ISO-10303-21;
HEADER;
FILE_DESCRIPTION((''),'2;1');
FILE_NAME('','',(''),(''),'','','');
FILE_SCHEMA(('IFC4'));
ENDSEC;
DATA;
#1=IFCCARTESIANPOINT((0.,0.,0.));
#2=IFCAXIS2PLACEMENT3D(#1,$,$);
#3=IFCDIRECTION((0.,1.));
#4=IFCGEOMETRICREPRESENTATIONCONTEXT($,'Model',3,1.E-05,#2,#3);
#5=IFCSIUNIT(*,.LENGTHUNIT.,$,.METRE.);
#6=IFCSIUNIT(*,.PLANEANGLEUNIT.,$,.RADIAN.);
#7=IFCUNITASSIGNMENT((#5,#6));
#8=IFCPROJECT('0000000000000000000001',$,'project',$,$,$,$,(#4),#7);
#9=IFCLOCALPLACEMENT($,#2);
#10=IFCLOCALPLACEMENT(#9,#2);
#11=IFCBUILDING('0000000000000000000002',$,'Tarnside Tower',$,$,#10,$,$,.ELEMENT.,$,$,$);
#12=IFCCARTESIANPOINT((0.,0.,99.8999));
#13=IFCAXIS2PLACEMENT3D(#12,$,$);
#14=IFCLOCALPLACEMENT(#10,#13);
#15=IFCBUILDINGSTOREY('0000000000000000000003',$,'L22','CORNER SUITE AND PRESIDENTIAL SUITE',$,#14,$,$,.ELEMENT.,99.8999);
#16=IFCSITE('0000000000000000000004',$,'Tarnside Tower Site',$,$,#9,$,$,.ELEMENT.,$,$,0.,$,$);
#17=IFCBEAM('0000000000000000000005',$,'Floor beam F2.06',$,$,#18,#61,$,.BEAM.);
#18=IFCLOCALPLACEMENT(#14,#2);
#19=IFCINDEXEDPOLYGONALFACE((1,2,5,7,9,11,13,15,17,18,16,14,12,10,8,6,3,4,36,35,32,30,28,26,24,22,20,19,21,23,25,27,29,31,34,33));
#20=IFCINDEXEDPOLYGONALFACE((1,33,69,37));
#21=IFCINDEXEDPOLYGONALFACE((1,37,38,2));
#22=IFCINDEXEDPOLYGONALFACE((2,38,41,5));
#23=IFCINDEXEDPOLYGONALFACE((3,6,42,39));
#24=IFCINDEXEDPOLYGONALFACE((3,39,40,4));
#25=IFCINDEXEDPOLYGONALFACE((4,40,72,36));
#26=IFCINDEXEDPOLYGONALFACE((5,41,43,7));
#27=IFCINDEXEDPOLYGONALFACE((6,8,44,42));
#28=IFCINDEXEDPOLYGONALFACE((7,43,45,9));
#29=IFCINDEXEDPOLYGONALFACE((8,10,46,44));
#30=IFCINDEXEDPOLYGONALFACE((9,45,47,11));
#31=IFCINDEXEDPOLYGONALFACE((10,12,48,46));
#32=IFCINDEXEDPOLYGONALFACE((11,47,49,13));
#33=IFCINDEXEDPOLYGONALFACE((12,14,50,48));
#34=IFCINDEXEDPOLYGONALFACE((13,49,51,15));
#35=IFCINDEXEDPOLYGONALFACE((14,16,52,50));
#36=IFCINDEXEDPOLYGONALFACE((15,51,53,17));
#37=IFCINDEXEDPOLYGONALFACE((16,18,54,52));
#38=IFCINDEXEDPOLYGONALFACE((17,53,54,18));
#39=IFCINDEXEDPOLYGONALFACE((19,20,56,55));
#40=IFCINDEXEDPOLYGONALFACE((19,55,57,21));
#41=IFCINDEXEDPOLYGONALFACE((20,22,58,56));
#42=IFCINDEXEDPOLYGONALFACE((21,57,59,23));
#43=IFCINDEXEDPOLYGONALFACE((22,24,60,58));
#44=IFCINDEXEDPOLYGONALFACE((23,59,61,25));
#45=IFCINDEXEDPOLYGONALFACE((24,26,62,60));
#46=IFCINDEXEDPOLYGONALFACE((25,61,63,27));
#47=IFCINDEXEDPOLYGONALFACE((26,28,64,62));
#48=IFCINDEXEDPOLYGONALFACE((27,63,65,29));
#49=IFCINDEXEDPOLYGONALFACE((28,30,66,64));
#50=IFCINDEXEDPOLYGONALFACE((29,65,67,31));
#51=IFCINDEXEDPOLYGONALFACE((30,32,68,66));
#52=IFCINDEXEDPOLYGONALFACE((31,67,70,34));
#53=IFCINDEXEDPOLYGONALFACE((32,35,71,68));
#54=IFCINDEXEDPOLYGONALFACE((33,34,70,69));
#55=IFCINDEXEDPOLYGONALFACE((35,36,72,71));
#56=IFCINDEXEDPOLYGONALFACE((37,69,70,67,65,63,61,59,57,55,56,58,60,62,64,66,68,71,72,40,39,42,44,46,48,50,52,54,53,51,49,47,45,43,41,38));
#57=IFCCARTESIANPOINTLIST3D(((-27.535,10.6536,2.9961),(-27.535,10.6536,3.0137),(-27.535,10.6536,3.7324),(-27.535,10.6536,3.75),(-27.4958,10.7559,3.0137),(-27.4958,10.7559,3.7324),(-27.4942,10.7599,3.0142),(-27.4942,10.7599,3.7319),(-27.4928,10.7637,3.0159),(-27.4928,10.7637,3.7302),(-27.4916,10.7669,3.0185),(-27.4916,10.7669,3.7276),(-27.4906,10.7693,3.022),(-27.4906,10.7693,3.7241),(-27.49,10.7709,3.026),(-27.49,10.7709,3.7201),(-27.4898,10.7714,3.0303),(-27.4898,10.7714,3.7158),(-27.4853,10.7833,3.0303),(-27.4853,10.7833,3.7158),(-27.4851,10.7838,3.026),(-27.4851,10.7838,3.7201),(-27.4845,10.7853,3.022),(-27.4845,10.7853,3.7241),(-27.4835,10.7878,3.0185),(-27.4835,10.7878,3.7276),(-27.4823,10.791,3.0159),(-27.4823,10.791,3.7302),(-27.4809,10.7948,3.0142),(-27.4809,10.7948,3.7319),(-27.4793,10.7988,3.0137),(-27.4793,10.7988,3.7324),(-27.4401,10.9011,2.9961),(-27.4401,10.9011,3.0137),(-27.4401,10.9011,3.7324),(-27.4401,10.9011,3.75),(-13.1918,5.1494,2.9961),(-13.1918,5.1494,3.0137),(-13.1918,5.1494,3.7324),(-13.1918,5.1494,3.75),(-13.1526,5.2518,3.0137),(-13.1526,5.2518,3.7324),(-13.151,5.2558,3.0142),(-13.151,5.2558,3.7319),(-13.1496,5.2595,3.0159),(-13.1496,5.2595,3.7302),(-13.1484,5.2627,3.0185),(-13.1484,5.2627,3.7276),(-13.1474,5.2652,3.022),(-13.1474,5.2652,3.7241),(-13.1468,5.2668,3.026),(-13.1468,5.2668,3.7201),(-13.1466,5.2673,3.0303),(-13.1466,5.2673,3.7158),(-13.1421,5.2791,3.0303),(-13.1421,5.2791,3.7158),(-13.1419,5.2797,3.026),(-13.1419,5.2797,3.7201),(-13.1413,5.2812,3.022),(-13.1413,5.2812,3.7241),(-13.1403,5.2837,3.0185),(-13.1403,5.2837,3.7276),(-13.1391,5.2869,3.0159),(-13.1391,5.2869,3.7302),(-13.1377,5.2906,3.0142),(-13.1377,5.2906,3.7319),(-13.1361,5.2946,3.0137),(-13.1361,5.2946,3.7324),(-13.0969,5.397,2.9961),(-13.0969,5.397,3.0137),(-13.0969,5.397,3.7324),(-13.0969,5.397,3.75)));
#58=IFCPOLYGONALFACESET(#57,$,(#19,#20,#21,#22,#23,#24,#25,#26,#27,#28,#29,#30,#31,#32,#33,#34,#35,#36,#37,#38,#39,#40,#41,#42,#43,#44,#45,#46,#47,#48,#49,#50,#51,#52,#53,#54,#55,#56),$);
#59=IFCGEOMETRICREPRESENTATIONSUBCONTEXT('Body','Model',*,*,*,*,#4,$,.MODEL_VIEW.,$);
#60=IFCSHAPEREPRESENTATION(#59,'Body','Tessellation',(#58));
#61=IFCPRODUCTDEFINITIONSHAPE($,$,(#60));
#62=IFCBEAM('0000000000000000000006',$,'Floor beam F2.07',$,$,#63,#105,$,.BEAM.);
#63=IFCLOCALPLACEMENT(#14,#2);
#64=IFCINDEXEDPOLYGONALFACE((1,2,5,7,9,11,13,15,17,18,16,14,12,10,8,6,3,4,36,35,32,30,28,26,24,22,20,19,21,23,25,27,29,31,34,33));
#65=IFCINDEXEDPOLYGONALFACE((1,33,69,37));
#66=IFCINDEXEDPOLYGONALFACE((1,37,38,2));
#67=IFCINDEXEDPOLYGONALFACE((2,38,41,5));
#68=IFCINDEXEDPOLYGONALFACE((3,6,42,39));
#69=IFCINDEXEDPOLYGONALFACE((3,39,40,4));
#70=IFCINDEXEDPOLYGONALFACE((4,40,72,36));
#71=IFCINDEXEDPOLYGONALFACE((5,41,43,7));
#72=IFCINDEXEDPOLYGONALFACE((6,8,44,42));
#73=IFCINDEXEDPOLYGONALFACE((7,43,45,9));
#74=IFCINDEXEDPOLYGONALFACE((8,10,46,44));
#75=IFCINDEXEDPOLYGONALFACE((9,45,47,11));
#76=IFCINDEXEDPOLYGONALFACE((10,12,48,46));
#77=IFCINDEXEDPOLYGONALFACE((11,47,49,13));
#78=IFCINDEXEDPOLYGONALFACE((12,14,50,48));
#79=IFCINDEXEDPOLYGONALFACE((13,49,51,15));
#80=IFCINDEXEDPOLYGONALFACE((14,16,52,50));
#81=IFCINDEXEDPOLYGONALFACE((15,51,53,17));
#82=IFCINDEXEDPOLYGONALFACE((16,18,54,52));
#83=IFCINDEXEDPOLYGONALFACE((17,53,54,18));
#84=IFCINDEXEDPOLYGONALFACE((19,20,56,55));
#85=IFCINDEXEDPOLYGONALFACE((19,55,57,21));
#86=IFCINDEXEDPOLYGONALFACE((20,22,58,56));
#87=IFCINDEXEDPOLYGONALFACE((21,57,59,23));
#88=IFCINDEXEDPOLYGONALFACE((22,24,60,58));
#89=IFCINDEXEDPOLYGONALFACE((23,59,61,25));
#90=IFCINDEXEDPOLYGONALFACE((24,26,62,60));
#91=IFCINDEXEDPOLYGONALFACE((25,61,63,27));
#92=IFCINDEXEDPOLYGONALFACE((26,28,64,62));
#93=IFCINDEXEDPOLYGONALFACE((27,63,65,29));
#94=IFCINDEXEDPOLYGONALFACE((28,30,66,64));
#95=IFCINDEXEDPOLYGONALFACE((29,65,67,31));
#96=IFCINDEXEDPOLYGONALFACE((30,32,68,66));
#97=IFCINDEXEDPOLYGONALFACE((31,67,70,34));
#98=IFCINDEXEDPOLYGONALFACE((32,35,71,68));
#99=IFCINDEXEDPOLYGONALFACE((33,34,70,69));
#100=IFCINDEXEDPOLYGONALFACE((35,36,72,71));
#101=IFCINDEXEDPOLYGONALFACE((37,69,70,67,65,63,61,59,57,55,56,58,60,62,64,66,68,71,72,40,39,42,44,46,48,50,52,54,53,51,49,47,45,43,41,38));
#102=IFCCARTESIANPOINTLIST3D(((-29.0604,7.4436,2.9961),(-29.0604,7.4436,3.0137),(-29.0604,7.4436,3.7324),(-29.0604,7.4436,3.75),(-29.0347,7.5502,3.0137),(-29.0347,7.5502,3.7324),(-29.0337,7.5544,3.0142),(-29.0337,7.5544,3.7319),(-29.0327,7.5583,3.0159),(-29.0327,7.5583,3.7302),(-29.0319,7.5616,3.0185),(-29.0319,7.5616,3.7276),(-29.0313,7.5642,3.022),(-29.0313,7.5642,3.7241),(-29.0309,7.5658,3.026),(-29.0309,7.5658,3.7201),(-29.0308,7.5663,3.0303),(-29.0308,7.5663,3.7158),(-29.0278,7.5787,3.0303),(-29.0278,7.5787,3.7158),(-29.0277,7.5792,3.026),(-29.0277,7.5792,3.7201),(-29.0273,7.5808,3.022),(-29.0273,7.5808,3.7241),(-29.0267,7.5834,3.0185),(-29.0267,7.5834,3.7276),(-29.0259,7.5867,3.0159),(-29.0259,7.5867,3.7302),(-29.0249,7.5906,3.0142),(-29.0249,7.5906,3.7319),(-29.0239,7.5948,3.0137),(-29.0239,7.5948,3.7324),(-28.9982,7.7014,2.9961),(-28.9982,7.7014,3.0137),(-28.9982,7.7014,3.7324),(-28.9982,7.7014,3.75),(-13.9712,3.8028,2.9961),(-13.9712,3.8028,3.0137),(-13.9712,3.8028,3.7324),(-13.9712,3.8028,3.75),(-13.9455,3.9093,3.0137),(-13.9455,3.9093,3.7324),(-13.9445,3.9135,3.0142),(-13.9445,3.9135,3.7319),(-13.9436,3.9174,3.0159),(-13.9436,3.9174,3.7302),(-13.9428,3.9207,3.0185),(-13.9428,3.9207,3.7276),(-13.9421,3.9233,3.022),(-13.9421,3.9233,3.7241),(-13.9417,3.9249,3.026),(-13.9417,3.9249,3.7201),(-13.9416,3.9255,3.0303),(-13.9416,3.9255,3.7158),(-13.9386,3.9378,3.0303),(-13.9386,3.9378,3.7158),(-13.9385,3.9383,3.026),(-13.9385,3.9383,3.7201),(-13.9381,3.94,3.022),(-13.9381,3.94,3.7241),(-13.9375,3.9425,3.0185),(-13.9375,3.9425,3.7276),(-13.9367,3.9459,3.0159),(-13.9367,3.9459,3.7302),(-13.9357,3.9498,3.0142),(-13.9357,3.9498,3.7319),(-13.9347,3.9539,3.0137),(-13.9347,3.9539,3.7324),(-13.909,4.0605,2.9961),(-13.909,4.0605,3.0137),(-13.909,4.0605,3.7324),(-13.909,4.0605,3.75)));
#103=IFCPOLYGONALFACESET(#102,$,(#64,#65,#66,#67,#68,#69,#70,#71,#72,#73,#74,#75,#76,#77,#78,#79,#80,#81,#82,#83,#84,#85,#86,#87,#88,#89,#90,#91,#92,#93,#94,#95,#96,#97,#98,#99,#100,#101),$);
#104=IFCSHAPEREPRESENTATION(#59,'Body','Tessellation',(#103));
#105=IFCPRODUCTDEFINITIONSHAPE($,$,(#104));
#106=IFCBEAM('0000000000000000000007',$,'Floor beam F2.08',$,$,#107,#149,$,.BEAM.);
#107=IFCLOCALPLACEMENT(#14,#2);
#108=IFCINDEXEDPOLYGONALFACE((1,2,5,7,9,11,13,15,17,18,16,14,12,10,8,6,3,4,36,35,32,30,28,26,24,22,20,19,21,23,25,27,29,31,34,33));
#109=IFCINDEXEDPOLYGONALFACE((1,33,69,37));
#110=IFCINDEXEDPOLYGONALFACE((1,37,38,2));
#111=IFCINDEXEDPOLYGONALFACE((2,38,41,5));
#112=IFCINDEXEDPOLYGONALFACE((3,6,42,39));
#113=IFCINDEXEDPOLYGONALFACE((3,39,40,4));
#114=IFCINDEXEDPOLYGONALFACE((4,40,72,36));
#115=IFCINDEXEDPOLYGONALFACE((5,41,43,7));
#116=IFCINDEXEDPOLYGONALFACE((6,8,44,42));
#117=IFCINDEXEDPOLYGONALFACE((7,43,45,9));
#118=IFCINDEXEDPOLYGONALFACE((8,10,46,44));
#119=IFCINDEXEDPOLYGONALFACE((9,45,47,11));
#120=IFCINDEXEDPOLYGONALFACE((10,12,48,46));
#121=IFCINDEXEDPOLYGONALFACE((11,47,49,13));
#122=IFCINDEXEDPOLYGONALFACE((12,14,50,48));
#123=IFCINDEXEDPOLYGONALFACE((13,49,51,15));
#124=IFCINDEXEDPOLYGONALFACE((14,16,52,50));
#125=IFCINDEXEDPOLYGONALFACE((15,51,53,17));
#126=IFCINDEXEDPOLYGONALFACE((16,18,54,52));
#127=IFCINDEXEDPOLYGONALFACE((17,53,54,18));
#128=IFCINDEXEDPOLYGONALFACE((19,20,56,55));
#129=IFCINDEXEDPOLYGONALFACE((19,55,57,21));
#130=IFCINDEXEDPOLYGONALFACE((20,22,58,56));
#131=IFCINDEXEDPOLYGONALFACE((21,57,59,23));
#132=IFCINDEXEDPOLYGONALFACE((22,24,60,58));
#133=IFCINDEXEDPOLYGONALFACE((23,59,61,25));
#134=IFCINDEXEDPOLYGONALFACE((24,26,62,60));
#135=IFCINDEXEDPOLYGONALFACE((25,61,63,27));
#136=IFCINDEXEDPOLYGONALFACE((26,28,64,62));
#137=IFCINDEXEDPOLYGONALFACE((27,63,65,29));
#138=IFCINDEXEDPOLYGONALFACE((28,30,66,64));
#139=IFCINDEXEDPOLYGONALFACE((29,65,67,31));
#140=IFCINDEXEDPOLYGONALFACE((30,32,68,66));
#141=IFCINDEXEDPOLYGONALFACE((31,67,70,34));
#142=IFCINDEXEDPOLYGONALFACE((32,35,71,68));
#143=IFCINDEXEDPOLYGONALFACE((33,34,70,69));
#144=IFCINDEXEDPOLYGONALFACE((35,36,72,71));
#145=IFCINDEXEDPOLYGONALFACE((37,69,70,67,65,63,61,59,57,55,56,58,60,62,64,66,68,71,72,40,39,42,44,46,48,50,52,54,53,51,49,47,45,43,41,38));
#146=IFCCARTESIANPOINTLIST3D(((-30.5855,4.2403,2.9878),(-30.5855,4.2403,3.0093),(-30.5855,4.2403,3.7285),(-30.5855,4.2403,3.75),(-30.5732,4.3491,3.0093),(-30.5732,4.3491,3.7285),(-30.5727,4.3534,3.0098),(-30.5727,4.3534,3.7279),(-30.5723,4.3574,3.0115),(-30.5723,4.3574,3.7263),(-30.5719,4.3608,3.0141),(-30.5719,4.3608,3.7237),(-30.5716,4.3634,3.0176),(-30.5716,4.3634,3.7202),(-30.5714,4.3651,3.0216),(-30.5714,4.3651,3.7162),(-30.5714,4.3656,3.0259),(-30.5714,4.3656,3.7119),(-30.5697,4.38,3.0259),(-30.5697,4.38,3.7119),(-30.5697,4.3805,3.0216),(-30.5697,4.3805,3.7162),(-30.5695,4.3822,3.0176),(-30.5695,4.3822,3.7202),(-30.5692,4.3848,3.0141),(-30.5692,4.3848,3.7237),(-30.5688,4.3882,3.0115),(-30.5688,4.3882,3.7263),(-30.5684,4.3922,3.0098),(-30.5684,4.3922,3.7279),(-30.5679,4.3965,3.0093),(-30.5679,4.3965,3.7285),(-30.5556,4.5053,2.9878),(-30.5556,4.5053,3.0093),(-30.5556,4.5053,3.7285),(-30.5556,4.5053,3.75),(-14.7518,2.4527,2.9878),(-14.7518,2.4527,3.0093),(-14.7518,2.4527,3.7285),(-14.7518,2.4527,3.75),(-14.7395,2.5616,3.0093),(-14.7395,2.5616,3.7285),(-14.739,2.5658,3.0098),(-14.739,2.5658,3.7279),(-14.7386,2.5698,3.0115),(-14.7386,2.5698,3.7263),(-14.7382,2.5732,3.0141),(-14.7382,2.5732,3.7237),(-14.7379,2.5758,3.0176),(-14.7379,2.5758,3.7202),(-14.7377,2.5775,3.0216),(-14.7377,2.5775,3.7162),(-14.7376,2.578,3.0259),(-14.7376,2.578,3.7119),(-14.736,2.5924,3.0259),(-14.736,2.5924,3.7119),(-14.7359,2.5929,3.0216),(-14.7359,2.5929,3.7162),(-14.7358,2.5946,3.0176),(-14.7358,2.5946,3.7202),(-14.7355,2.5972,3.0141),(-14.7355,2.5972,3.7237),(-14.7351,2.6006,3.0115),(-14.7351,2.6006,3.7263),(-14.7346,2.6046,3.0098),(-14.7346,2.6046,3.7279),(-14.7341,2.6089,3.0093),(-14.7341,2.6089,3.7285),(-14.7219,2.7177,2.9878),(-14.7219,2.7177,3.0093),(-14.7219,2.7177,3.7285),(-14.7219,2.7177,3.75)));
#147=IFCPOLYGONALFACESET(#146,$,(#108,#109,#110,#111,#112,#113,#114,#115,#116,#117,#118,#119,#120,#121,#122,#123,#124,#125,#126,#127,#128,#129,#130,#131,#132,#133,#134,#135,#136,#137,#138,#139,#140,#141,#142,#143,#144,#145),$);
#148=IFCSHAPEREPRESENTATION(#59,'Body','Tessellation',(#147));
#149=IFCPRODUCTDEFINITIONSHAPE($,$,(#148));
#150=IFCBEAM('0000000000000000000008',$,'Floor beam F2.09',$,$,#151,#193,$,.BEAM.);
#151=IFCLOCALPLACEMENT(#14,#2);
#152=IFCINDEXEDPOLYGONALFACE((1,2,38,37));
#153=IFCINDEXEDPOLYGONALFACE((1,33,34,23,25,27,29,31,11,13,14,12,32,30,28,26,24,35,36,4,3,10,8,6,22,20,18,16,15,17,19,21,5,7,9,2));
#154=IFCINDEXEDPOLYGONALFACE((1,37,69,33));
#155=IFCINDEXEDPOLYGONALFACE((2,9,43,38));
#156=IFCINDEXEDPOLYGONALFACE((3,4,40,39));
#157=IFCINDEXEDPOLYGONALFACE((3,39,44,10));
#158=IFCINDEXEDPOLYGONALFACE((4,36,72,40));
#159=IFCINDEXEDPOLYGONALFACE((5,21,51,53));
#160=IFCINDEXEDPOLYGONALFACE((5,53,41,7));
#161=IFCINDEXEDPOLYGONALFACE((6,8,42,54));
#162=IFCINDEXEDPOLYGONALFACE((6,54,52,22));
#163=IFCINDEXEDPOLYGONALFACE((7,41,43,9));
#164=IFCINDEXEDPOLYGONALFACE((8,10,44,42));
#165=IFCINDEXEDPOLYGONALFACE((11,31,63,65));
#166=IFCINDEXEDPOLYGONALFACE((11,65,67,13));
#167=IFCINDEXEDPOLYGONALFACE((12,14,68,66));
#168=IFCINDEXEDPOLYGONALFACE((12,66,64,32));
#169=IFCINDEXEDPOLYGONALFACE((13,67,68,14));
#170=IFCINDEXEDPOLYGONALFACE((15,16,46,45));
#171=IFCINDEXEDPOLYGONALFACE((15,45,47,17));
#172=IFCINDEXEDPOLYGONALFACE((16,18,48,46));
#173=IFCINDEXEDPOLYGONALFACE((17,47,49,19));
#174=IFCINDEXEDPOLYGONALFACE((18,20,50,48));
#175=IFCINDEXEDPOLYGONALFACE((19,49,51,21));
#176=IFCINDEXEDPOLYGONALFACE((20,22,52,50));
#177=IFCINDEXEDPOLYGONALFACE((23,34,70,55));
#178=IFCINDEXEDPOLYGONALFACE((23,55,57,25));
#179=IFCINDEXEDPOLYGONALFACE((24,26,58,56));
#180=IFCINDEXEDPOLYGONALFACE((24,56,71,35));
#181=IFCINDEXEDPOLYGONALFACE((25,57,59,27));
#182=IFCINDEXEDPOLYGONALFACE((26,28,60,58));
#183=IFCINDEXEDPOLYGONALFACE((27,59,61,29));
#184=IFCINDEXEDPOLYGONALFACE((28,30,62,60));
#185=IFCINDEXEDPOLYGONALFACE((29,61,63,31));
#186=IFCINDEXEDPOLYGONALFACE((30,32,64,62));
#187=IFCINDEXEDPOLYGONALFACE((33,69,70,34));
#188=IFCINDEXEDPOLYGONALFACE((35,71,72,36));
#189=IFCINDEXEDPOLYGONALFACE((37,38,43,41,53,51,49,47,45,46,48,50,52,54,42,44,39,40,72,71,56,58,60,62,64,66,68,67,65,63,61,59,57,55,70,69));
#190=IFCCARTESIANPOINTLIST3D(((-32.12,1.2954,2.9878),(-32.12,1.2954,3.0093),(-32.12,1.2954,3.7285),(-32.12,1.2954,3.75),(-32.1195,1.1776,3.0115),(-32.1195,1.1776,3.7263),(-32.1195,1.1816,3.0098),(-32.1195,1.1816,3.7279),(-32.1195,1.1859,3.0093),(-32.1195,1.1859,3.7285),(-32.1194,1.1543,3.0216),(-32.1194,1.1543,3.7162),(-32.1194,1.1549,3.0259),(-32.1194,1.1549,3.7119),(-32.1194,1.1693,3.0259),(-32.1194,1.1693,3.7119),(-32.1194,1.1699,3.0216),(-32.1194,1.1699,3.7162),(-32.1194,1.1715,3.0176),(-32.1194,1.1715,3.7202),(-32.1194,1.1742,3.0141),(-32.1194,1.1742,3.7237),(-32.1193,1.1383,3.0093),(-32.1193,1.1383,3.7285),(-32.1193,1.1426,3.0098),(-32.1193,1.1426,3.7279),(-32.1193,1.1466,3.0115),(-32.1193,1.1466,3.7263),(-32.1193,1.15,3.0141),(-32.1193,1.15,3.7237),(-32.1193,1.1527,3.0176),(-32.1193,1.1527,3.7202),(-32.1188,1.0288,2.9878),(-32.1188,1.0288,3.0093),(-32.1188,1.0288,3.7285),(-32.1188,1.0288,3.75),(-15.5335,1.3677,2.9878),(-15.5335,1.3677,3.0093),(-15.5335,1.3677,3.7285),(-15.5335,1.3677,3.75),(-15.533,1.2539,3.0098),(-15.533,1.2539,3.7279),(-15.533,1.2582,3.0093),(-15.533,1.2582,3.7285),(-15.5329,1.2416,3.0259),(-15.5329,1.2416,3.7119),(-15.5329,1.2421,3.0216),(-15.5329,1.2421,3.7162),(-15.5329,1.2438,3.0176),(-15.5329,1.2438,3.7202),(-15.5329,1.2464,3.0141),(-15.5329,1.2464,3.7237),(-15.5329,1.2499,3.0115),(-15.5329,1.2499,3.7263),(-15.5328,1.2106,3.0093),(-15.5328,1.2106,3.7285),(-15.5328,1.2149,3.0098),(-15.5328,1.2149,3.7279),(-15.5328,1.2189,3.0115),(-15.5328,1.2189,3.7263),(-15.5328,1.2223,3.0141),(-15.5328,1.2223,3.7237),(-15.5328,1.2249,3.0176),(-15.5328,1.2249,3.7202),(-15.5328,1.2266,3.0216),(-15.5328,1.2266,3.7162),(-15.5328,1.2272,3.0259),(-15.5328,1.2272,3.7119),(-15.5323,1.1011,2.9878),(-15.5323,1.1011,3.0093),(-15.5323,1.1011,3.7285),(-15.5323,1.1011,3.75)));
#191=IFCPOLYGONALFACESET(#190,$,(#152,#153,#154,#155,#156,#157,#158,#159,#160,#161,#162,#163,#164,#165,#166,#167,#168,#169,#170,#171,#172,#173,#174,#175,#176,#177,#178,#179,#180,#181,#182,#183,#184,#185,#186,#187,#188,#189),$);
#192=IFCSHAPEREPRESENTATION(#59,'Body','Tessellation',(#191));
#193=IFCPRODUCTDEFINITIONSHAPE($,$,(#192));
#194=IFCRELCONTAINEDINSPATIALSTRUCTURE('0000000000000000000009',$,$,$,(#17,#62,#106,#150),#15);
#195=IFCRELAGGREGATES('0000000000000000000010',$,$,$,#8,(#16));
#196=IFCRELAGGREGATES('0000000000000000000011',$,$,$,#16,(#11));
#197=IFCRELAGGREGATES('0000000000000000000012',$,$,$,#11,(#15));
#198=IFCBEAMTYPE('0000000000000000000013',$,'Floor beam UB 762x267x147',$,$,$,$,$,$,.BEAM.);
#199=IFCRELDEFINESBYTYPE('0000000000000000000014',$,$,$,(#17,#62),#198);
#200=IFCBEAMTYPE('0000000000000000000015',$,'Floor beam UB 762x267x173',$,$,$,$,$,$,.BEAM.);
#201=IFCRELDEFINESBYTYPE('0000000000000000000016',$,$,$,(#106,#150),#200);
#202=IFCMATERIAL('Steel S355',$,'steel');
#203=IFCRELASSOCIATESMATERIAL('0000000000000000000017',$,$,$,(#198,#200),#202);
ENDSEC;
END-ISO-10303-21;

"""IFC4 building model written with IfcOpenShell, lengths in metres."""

from ifc_helpers import new_model, si_unit, direction, frame, origin, origin_2d, place, context, subcontext, project, spatial, i_section, extrude, material, material_profile, profile_set, type_object, element, save


model = new_model("IFC4")

# Units and contexts
model_context = context("Model", 3, precision=1e-05, world=origin(), true_north=direction((0.0, 1.0)))
body_context = subcontext(model_context, "Body", "Model", "MODEL_VIEW")
ifc_project = project(units=[si_unit("LENGTHUNIT", "METRE"), si_unit("PLANEANGLEUNIT", "RADIAN")], contexts=[model_context])

# Site, building, storey
site_placement = place(None, origin())
site = spatial("IfcSite", under=ifc_project, at=site_placement, Name="Tarnside Tower Site", CompositionType="ELEMENT", RefElevation=0.0)
building_placement = place(site_placement, origin())
building = spatial("IfcBuilding", under=site, at=building_placement, Name="Tarnside Tower", CompositionType="ELEMENT")
storey_placement = place(building_placement, frame((0.0, 0.0, 99.8999)))
storey = spatial("IfcBuildingStorey", under=building, at=storey_placement, Name="L22", Description="CORNER SUITE AND PRESIDENTIAL SUITE", CompositionType="ELEMENT", Elevation=99.8999)

# Beams
ifc_material_1 = material(Name="Steel S355", Category="steel")
ifc_material_profile_1 = material_profile(ifc_material_1, i_section(OverallWidth=0.2651, OverallDepth=0.7539, WebThickness=0.0127, FlangeThickness=0.0176, FilletRadius=0.0166, at=origin_2d()), Name="UB 762x267x147")
ifc_profile_set_1 = profile_set([ifc_material_profile_1], Name="Steel S355")
beam_type_1 = type_object("IfcBeamType", Name="Floor beam UB 762x267x147", PredefinedType="BEAM", material=ifc_profile_set_1)
beam_1_placement = place(storey_placement, frame((-27.4875, 10.7773, 3.373), z_axis=(0.933618, -0.358271, 0.0), x_axis=(0.358271, 0.933618, 0.0)))
element("IfcBeam", 1, at=beam_1_placement, inside=storey, type_object=beam_type_1, Name="Floor beam F2.06", PredefinedType="BEAM", context=body_context, shape_type="SweptSolid", body=[
    extrude(i_section(OverallWidth=0.2651, OverallDepth=0.7539, WebThickness=0.0127, FlangeThickness=0.0176, FilletRadius=0.0166, at=origin_2d()), origin(), (0.0, 0.0, 1.0), 15.363),
])
beam_2_placement = place(storey_placement, frame((-29.0293, 7.5725, 3.373), z_axis=(0.972102, -0.23456, 0.0), x_axis=(0.23456, 0.972102, 0.0)))
element("IfcBeam", 2, at=beam_2_placement, inside=storey, type_object=beam_type_1, Name="Floor beam F2.07", PredefinedType="BEAM", context=body_context, shape_type="SweptSolid", body=[
    extrude(i_section(OverallWidth=0.2651, OverallDepth=0.7539, WebThickness=0.0127, FlangeThickness=0.0176, FilletRadius=0.0166, at=origin_2d()), origin(), (0.0, 0.0, 1.0), 15.5222),
])
ifc_material_profile_2 = material_profile(ifc_material_1, i_section(OverallWidth=0.2666, OverallDepth=0.7622, WebThickness=0.0144, FlangeThickness=0.0215, FilletRadius=0.0166, at=origin_2d()), Name="UB 762x267x173")
ifc_profile_set_2 = profile_set([ifc_material_profile_2], Name="Steel S355")
beam_type_2 = type_object("IfcBeamType", Name="Floor beam UB 762x267x173", PredefinedType="BEAM", material=ifc_profile_set_2)
beam_3_placement = place(storey_placement, frame((-30.5706, 4.3728, 3.3689), z_axis=(0.993687, -0.112185, 0.0), x_axis=(0.112185, 0.993687, 0.0)))
element("IfcBeam", 3, at=beam_3_placement, inside=storey, type_object=beam_type_2, Name="Floor beam F2.08", PredefinedType="BEAM", context=body_context, shape_type="SweptSolid", body=[
    extrude(i_section(OverallWidth=0.2666, OverallDepth=0.7622, WebThickness=0.0144, FlangeThickness=0.0215, FilletRadius=0.0166, at=origin_2d()), origin(), (0.0, 0.0, 1.0), 15.9343),
])
beam_4_placement = place(storey_placement, frame((-32.1194, 1.1621, 3.3689), z_axis=(0.999991, 0.004357, 0.0), x_axis=(-0.004357, 0.999991, 0.0)))
element("IfcBeam", 4, at=beam_4_placement, inside=storey, type_object=beam_type_2, Name="Floor beam F2.09", PredefinedType="BEAM", context=body_context, shape_type="SweptSolid", body=[
    extrude(i_section(OverallWidth=0.2666, OverallDepth=0.7622, WebThickness=0.0144, FlangeThickness=0.0215, FilletRadius=0.0166, at=origin_2d()), origin(), (0.0, 0.0, 1.0), 16.5867),
])

save(model, "model.ifc")
